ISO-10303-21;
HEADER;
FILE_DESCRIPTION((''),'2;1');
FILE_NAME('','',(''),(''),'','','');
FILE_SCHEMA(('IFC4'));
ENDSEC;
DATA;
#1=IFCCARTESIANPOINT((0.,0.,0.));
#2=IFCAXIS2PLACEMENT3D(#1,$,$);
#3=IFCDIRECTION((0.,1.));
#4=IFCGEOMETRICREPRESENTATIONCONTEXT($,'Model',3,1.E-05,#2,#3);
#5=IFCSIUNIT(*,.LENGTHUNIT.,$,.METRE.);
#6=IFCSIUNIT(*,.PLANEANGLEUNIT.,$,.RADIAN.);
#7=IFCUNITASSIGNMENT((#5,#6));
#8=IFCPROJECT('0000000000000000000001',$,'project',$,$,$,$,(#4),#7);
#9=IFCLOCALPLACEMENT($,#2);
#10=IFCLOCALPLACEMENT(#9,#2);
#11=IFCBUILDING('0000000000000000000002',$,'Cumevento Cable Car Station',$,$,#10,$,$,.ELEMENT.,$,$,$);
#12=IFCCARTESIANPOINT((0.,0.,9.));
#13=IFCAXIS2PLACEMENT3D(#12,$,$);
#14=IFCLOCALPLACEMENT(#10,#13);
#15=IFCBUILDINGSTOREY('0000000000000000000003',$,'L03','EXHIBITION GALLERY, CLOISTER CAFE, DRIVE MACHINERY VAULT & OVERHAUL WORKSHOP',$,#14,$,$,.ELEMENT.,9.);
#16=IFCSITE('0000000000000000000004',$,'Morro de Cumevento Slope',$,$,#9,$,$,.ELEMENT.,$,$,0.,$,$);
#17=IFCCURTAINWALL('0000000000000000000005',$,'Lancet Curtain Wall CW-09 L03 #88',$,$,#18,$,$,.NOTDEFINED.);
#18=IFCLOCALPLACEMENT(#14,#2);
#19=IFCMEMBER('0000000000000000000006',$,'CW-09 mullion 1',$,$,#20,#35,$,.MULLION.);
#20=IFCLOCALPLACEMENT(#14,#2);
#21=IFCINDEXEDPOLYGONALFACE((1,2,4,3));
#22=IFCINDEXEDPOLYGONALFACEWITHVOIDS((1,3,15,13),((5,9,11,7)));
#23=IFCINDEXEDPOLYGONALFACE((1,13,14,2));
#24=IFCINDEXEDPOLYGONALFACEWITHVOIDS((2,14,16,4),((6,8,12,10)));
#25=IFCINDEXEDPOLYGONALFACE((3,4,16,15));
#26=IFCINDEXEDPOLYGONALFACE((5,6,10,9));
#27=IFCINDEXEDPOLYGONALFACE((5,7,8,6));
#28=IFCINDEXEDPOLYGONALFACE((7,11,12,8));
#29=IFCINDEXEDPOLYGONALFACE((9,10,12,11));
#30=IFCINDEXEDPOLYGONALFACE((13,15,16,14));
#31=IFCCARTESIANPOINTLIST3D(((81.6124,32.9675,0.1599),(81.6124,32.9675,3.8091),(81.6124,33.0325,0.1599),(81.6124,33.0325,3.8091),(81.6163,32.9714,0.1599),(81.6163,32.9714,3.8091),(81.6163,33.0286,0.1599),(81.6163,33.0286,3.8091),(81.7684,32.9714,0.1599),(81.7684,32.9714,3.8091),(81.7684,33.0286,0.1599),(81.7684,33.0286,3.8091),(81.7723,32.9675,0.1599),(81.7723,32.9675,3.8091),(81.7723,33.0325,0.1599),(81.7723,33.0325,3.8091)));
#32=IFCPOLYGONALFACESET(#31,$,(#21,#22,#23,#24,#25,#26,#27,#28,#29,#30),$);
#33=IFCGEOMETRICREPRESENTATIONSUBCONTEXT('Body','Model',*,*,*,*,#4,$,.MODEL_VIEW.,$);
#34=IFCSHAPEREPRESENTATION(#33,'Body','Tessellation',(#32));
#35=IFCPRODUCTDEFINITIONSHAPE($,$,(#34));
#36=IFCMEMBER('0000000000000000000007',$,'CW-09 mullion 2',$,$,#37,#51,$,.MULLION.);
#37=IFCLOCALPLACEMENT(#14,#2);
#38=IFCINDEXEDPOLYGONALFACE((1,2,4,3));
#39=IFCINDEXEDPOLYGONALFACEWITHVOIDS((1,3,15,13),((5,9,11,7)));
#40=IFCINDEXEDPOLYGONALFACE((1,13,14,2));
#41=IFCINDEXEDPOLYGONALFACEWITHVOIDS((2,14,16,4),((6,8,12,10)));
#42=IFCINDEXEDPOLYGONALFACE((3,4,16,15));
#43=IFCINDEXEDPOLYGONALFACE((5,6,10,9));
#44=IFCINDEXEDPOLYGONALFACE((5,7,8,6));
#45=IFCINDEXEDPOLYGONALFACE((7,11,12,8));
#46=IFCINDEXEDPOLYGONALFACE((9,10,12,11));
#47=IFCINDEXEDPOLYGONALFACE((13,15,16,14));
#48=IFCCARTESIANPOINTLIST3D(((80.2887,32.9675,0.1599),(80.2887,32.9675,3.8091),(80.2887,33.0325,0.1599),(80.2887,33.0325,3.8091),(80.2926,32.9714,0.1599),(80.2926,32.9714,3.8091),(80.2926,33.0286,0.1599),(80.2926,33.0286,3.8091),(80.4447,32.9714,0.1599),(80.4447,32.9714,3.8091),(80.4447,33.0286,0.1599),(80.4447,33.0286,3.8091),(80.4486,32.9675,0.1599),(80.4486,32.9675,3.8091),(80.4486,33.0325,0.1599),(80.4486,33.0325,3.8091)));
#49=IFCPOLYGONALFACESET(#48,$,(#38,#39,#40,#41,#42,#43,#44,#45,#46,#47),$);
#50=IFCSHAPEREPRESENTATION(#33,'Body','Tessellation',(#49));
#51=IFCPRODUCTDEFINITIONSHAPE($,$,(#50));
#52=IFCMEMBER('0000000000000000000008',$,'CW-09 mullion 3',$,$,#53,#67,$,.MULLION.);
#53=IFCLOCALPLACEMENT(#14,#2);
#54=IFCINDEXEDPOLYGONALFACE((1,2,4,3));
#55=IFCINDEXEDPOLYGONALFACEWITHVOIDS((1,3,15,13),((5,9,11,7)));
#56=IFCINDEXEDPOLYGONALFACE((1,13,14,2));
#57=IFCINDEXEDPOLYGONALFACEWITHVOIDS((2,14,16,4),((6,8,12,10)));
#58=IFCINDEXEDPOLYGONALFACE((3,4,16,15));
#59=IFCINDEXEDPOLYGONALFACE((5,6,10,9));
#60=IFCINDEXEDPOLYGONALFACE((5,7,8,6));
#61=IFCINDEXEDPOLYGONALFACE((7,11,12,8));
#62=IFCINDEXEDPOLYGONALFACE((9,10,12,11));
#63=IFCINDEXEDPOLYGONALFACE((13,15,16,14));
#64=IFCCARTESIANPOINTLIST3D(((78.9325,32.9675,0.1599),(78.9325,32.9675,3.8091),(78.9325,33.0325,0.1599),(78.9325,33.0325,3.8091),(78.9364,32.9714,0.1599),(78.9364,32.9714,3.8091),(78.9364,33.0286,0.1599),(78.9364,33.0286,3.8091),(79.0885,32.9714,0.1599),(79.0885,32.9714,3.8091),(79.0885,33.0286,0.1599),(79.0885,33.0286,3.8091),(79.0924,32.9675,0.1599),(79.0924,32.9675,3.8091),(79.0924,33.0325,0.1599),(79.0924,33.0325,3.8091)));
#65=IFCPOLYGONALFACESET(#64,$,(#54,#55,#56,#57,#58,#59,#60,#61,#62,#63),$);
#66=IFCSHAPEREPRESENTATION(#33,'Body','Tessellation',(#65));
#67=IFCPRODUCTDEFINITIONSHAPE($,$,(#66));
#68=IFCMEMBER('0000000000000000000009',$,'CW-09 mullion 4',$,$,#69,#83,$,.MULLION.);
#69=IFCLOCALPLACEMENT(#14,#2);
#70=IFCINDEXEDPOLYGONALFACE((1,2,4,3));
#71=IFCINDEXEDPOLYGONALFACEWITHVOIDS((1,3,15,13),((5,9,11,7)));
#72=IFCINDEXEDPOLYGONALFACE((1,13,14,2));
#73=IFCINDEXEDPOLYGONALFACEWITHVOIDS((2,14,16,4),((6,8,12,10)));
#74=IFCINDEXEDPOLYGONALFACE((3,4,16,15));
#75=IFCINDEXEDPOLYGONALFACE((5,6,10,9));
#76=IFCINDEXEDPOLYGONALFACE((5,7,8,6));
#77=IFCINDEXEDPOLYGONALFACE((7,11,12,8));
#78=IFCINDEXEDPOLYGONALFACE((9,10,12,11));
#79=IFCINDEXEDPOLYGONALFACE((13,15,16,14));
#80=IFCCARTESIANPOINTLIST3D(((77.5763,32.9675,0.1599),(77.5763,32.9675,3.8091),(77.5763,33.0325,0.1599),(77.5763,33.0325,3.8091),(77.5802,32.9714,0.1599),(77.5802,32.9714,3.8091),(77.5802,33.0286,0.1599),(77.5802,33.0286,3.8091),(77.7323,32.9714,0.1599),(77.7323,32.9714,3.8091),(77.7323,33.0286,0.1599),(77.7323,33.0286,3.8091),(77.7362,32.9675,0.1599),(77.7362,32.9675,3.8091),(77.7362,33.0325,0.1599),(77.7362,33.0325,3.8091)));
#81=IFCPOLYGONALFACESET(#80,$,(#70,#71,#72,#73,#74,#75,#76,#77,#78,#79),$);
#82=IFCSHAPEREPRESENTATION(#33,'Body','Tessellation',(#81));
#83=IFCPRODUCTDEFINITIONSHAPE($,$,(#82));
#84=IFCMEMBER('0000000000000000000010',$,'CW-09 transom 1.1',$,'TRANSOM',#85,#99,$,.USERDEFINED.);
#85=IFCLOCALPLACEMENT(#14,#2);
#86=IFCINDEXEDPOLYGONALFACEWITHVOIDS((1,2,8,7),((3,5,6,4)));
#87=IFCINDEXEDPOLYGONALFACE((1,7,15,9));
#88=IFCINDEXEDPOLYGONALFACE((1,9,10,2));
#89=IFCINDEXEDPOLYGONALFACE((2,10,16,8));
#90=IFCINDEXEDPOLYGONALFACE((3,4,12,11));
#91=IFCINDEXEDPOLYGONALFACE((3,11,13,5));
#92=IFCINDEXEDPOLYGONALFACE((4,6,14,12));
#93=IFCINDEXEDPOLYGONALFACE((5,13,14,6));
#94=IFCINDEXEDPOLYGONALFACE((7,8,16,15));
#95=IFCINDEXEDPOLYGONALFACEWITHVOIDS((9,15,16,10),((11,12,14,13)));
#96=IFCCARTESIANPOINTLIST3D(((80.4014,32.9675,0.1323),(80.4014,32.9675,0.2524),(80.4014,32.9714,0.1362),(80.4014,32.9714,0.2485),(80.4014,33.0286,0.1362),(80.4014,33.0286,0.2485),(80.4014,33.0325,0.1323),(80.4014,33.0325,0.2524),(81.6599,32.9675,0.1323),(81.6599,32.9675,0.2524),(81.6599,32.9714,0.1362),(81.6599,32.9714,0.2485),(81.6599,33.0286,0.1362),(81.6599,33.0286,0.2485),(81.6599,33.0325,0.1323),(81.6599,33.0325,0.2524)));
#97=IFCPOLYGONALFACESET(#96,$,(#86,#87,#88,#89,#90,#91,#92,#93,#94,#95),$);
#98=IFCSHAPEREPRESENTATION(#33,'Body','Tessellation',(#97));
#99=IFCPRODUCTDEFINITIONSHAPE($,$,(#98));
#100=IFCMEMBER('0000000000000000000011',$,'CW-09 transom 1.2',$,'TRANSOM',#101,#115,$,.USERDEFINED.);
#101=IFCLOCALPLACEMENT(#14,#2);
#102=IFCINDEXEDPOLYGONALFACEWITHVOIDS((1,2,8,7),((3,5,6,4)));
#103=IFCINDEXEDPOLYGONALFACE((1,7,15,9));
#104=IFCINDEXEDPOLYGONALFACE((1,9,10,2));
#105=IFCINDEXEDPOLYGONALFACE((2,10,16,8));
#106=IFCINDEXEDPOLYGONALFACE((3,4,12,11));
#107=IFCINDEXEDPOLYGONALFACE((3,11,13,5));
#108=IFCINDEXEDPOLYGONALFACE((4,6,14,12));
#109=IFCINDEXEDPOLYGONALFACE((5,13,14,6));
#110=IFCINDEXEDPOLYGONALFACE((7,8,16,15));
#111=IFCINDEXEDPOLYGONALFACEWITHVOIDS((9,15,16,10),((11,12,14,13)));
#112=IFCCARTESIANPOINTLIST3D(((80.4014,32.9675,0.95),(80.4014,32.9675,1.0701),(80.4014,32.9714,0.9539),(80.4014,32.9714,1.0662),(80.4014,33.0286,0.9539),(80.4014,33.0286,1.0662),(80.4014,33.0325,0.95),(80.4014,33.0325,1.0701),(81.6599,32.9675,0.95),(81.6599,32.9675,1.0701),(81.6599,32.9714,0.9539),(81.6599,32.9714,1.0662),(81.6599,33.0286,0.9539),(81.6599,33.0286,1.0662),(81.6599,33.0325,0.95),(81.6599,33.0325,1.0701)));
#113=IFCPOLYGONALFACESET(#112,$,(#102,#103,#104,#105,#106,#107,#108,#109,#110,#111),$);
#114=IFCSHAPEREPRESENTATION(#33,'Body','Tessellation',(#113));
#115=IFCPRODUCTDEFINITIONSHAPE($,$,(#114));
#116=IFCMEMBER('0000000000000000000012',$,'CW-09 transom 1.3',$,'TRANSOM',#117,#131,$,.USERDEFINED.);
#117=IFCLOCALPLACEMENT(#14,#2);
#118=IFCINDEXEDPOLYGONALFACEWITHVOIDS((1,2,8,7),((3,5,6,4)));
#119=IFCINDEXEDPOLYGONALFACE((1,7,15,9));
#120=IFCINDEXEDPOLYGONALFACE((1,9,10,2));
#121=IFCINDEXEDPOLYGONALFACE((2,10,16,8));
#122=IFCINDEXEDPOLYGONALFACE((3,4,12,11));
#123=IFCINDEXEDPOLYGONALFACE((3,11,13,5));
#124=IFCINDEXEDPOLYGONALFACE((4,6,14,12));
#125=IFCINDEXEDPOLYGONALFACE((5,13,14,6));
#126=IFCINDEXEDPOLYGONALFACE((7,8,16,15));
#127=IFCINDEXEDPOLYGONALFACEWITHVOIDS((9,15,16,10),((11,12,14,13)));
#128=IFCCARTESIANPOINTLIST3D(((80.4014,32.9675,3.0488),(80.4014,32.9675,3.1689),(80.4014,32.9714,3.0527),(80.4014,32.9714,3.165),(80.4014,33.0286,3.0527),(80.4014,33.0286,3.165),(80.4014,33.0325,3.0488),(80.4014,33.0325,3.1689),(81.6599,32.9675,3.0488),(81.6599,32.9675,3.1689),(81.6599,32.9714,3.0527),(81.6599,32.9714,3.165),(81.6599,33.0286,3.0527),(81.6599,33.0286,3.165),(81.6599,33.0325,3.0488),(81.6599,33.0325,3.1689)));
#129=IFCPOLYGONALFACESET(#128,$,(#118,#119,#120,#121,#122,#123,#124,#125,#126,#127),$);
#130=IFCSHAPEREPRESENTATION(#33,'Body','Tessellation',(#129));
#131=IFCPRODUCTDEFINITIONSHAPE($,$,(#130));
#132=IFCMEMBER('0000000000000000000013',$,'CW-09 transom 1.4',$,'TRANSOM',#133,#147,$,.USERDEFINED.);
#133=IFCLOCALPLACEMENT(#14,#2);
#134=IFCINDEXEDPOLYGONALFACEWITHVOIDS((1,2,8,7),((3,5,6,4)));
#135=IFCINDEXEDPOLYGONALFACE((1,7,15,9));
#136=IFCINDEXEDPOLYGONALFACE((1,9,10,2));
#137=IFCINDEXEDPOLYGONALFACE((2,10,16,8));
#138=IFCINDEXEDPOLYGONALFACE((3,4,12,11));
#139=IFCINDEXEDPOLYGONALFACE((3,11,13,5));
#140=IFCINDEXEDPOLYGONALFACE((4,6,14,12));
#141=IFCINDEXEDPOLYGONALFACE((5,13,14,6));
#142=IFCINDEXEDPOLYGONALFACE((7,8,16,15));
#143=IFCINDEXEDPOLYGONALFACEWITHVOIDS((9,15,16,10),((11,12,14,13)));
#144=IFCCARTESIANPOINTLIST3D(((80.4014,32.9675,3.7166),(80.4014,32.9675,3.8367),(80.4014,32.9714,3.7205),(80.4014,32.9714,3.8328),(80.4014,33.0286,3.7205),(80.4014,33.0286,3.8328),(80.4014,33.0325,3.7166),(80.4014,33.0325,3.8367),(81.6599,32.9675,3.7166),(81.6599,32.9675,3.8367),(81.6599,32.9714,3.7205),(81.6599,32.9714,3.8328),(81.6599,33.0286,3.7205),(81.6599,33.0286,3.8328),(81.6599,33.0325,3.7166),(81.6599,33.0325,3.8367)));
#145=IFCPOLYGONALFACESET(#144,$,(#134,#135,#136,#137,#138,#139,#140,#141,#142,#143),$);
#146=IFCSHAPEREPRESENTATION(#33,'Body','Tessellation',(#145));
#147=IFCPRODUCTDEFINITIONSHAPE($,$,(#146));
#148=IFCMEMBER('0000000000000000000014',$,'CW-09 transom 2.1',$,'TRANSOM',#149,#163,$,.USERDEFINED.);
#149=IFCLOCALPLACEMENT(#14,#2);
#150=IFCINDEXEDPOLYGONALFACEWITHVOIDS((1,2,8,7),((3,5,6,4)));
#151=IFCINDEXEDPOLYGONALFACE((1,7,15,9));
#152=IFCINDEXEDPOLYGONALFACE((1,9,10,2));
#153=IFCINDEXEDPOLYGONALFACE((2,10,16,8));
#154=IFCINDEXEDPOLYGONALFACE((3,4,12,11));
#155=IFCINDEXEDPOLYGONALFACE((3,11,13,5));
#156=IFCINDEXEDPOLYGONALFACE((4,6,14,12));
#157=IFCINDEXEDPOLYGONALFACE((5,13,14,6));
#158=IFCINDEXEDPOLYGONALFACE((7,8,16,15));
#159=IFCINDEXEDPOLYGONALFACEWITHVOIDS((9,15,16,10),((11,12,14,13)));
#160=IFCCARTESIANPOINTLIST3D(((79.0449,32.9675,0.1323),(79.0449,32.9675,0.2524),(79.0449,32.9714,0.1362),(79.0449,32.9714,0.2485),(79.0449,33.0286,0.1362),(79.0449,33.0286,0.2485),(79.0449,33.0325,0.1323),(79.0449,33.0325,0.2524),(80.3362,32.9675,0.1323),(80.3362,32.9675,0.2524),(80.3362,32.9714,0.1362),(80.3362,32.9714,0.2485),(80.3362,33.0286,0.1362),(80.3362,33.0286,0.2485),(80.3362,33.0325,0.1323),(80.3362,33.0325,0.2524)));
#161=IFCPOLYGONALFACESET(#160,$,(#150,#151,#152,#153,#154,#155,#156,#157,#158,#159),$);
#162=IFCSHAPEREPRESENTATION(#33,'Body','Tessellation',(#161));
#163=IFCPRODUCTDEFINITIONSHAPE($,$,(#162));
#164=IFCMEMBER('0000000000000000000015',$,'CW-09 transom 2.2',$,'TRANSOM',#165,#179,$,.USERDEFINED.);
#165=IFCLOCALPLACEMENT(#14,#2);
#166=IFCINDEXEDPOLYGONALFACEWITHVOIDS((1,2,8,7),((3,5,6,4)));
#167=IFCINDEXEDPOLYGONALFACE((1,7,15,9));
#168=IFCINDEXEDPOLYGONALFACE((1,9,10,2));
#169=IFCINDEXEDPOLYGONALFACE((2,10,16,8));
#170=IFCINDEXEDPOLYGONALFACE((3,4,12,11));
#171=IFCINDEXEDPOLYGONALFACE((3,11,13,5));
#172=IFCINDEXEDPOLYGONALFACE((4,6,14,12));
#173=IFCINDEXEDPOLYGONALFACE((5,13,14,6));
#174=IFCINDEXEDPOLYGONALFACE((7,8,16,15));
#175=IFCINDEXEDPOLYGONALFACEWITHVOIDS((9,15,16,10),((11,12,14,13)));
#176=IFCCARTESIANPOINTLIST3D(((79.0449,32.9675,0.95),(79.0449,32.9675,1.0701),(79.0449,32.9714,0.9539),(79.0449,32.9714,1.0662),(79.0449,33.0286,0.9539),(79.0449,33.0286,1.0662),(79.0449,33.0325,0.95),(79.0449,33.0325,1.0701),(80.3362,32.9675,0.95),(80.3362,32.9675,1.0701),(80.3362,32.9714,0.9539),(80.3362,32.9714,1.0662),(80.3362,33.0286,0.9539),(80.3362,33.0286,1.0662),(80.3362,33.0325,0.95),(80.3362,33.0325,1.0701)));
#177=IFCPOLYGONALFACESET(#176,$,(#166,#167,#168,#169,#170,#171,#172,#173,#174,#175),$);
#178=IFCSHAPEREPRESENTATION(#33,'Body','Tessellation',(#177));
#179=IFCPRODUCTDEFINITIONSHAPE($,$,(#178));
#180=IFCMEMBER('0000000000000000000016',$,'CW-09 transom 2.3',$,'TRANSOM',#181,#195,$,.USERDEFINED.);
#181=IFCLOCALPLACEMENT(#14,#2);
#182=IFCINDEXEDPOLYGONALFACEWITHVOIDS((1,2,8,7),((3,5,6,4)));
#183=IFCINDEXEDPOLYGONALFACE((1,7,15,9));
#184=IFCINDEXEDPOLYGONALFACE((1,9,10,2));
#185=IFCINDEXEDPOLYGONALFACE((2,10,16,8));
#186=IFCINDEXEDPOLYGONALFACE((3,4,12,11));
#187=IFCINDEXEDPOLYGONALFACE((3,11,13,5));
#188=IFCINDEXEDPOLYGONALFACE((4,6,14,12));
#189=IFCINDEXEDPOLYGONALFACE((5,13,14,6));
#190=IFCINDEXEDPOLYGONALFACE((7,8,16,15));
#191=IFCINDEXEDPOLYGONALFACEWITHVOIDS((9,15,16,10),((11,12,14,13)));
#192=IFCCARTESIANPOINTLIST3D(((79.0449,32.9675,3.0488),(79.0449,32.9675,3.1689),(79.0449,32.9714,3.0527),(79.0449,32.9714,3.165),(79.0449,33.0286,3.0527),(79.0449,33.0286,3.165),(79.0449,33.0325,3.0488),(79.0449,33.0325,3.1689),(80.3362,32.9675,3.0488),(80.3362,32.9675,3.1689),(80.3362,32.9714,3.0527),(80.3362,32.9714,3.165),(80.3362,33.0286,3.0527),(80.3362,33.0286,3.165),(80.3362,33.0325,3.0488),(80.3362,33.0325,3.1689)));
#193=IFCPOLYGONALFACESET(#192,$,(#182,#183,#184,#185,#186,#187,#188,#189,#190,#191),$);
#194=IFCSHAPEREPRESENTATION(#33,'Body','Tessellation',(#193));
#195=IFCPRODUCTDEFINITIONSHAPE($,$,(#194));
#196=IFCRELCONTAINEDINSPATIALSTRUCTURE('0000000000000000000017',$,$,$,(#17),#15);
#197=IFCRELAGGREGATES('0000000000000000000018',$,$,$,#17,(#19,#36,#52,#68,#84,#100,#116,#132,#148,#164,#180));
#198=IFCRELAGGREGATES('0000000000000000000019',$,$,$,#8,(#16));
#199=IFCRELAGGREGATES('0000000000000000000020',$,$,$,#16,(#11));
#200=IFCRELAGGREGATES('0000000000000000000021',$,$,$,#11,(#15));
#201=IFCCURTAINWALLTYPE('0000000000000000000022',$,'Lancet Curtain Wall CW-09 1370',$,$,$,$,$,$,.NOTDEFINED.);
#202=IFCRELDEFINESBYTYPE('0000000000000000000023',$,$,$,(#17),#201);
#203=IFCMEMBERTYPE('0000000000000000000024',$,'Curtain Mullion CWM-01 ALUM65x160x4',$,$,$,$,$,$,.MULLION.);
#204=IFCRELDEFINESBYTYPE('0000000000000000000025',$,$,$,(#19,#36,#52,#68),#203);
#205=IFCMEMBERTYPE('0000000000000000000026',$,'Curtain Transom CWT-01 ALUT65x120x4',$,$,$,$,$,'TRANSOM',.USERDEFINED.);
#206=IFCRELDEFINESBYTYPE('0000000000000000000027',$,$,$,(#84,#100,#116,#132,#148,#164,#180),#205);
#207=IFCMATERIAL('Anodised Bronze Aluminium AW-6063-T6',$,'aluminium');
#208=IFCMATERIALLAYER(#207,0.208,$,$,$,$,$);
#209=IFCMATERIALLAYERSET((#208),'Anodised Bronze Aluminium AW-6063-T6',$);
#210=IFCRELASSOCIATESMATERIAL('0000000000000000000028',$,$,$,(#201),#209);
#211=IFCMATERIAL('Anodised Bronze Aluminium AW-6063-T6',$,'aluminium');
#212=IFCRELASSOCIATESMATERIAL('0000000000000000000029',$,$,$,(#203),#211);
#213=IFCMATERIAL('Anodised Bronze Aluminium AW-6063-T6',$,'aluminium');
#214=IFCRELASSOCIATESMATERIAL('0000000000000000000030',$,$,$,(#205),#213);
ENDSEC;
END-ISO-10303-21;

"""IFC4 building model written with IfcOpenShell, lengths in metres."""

from ifc_helpers import new_model, si_unit, direction, frame, origin, origin_2d, place, context, subcontext, project, spatial, hollow_rectangle, extrude, material, layer, layer_set, material_profile, profile_set, type_object, element, aggregate, save


model = new_model("IFC4")

# Units and contexts
model_context = context("Model", 3, precision=1e-05, world=origin(), true_north=direction((0.0, 1.0)))
body_context = subcontext(model_context, "Body", "Model", "MODEL_VIEW")
ifc_project = project(units=[si_unit("LENGTHUNIT", "METRE"), si_unit("PLANEANGLEUNIT", "RADIAN")], contexts=[model_context])

# Site, building, storey
site_placement = place(None, origin())
site = spatial("IfcSite", under=ifc_project, at=site_placement, Name="Morro de Cumevento Slope", CompositionType="ELEMENT", RefElevation=0.0)
building_placement = place(site_placement, origin())
building = spatial("IfcBuilding", under=site, at=building_placement, Name="Cumevento Cable Car Station", CompositionType="ELEMENT")
storey_placement = place(building_placement, frame((0.0, 0.0, 9.0)))
storey = spatial("IfcBuildingStorey", under=building, at=storey_placement, Name="L03", Description="EXHIBITION GALLERY, CLOISTER CAFE, DRIVE MACHINERY VAULT & OVERHAUL WORKSHOP", CompositionType="ELEMENT", Elevation=9.0)

# Curtain wall, members
ifc_material_1 = material(Name="Anodised Bronze Aluminium AW-6063-T6", Category="aluminium")
ifc_layer_1 = layer(ifc_material_1, 0.208)
ifc_layer_set_1 = layer_set([ifc_layer_1], Name="Anodised Bronze Aluminium AW-6063-T6")
curtain_wall_type = type_object("IfcCurtainWallType", Name="Lancet Curtain Wall CW-09 1370", PredefinedType="NOTDEFINED", material=ifc_layer_set_1)
curtain_wall_placement = place(storey_placement, origin())
curtain_wall = element("IfcCurtainWall", 1, at=curtain_wall_placement, inside=storey, type_object=curtain_wall_type, Name="Lancet Curtain Wall CW-09 L03 #88", PredefinedType="NOTDEFINED")
ifc_material_2 = material(Name="Anodised Bronze Aluminium AW-6063-T6", Category="aluminium")
ifc_material_profile_1 = material_profile(ifc_material_2, hollow_rectangle(XDim=0.0649, YDim=0.1599, WallThickness=0.0039, at=origin_2d()), Name="ALUM65x160x4")
ifc_profile_set_1 = profile_set([ifc_material_profile_1], Name="Anodised Bronze Aluminium AW-6063-T6")
member_type_1 = type_object("IfcMemberType", Name="Curtain Mullion CWM-01 ALUM65x160x4", PredefinedType="MULLION", material=ifc_profile_set_1)
member_1_placement = place(storey_placement, frame((81.6924, 33.0, 0.1599), z_axis=(0.0, 0.0, 1.0), x_axis=(0.0, -1.0, 0.0)))
member_1 = element("IfcMember", 2, at=member_1_placement, type_object=member_type_1, Name="CW-09 mullion 1", PredefinedType="MULLION", context=body_context, shape_type="SweptSolid", body=[
    extrude(hollow_rectangle(XDim=0.0649, YDim=0.1599, WallThickness=0.0039, at=origin_2d()), origin(), (0.0, 0.0, 1.0), 3.6492),
])
member_2_placement = place(storey_placement, frame((80.3687, 33.0, 0.1599), z_axis=(0.0, 0.0, 1.0), x_axis=(0.0, -1.0, 0.0)))
member_2 = element("IfcMember", 3, at=member_2_placement, type_object=member_type_1, Name="CW-09 mullion 2", PredefinedType="MULLION", context=body_context, shape_type="SweptSolid", body=[
    extrude(hollow_rectangle(XDim=0.0649, YDim=0.1599, WallThickness=0.0039, at=origin_2d()), origin(), (0.0, 0.0, 1.0), 3.6492),
])
member_3_placement = place(storey_placement, frame((79.0125, 33.0, 0.1599), z_axis=(0.0, 0.0, 1.0), x_axis=(0.0, -1.0, 0.0)))
member_3 = element("IfcMember", 4, at=member_3_placement, type_object=member_type_1, Name="CW-09 mullion 3", PredefinedType="MULLION", context=body_context, shape_type="SweptSolid", body=[
    extrude(hollow_rectangle(XDim=0.0649, YDim=0.1599, WallThickness=0.0039, at=origin_2d()), origin(), (0.0, 0.0, 1.0), 3.6492),
])
member_4_placement = place(storey_placement, frame((77.6562, 33.0, 0.1599), z_axis=(0.0, 0.0, 1.0), x_axis=(0.0, -1.0, 0.0)))
member_4 = element("IfcMember", 5, at=member_4_placement, type_object=member_type_1, Name="CW-09 mullion 4", PredefinedType="MULLION", context=body_context, shape_type="SweptSolid", body=[
    extrude(hollow_rectangle(XDim=0.0649, YDim=0.1599, WallThickness=0.0039, at=origin_2d()), origin(), (0.0, 0.0, 1.0), 3.6492),
])
ifc_material_3 = material(Name="Anodised Bronze Aluminium AW-6063-T6", Category="aluminium")
ifc_material_profile_2 = material_profile(ifc_material_3, hollow_rectangle(XDim=0.0649, YDim=0.1201, WallThickness=0.0039, at=origin_2d()), Name="ALUT65x120x4")
ifc_profile_set_2 = profile_set([ifc_material_profile_2], Name="Anodised Bronze Aluminium AW-6063-T6")
member_type_2 = type_object("IfcMemberType", Name="Curtain Transom CWT-01 ALUT65x120x4", ElementType="TRANSOM", PredefinedType="USERDEFINED", material=ifc_profile_set_2)
member_5_placement = place(storey_placement, frame((81.6599, 33.0, 0.1924), z_axis=(-1.0, 0.0, 0.0), x_axis=(0.0, -1.0, 0.0)))
member_5 = element("IfcMember", 6, at=member_5_placement, type_object=member_type_2, Name="CW-09 transom 1.1", ObjectType="TRANSOM", PredefinedType="USERDEFINED", context=body_context, shape_type="SweptSolid", body=[
    extrude(hollow_rectangle(XDim=0.0649, YDim=0.1201, WallThickness=0.0039, at=origin_2d()), origin(), (0.0, 0.0, 1.0), 1.2585),
])
member_6_placement = place(storey_placement, frame((81.6599, 33.0, 1.01), z_axis=(-1.0, 0.0, 0.0), x_axis=(0.0, -1.0, 0.0)))
member_6 = element("IfcMember", 7, at=member_6_placement, type_object=member_type_2, Name="CW-09 transom 1.2", ObjectType="TRANSOM", PredefinedType="USERDEFINED", context=body_context, shape_type="SweptSolid", body=[
    extrude(hollow_rectangle(XDim=0.0649, YDim=0.1201, WallThickness=0.0039, at=origin_2d()), origin(), (0.0, 0.0, 1.0), 1.2585),
])
member_7_placement = place(storey_placement, frame((81.6599, 33.0, 3.1089), z_axis=(-1.0, 0.0, 0.0), x_axis=(0.0, -1.0, 0.0)))
member_7 = element("IfcMember", 8, at=member_7_placement, type_object=member_type_2, Name="CW-09 transom 1.3", ObjectType="TRANSOM", PredefinedType="USERDEFINED", context=body_context, shape_type="SweptSolid", body=[
    extrude(hollow_rectangle(XDim=0.0649, YDim=0.1201, WallThickness=0.0039, at=origin_2d()), origin(), (0.0, 0.0, 1.0), 1.2585),
])
member_8_placement = place(storey_placement, frame((81.6599, 33.0, 3.7766), z_axis=(-1.0, 0.0, 0.0), x_axis=(0.0, -1.0, 0.0)))
member_8 = element("IfcMember", 9, at=member_8_placement, type_object=member_type_2, Name="CW-09 transom 1.4", ObjectType="TRANSOM", PredefinedType="USERDEFINED", context=body_context, shape_type="SweptSolid", body=[
    extrude(hollow_rectangle(XDim=0.0649, YDim=0.1201, WallThickness=0.0039, at=origin_2d()), origin(), (0.0, 0.0, 1.0), 1.2585),
])
member_9_placement = place(storey_placement, frame((80.3362, 33.0, 0.1924), z_axis=(-1.0, 0.0, 0.0), x_axis=(0.0, -1.0, 0.0)))
member_9 = element("IfcMember", 10, at=member_9_placement, type_object=member_type_2, Name="CW-09 transom 2.1", ObjectType="TRANSOM", PredefinedType="USERDEFINED", context=body_context, shape_type="SweptSolid", body=[
    extrude(hollow_rectangle(XDim=0.0649, YDim=0.1201, WallThickness=0.0039, at=origin_2d()), origin(), (0.0, 0.0, 1.0), 1.2913),
])
member_10_placement = place(storey_placement, frame((80.3362, 33.0, 1.01), z_axis=(-1.0, 0.0, 0.0), x_axis=(0.0, -1.0, 0.0)))
member_10 = element("IfcMember", 11, at=member_10_placement, type_object=member_type_2, Name="CW-09 transom 2.2", ObjectType="TRANSOM", PredefinedType="USERDEFINED", context=body_context, shape_type="SweptSolid", body=[
    extrude(hollow_rectangle(XDim=0.0649, YDim=0.1201, WallThickness=0.0039, at=origin_2d()), origin(), (0.0, 0.0, 1.0), 1.2913),
])
member_11_placement = place(storey_placement, frame((80.3362, 33.0, 3.1089), z_axis=(-1.0, 0.0, 0.0), x_axis=(0.0, -1.0, 0.0)))
member_11 = element("IfcMember", 12, at=member_11_placement, type_object=member_type_2, Name="CW-09 transom 2.3", ObjectType="TRANSOM", PredefinedType="USERDEFINED", context=body_context, shape_type="SweptSolid", body=[
    extrude(hollow_rectangle(XDim=0.0649, YDim=0.1201, WallThickness=0.0039, at=origin_2d()), origin(), (0.0, 0.0, 1.0), 1.2913),
])
aggregate(curtain_wall, [member_1, member_2, member_3, member_4, member_5, member_6, member_7, member_8, member_9, member_10, member_11])

save(model, "model.ifc")
